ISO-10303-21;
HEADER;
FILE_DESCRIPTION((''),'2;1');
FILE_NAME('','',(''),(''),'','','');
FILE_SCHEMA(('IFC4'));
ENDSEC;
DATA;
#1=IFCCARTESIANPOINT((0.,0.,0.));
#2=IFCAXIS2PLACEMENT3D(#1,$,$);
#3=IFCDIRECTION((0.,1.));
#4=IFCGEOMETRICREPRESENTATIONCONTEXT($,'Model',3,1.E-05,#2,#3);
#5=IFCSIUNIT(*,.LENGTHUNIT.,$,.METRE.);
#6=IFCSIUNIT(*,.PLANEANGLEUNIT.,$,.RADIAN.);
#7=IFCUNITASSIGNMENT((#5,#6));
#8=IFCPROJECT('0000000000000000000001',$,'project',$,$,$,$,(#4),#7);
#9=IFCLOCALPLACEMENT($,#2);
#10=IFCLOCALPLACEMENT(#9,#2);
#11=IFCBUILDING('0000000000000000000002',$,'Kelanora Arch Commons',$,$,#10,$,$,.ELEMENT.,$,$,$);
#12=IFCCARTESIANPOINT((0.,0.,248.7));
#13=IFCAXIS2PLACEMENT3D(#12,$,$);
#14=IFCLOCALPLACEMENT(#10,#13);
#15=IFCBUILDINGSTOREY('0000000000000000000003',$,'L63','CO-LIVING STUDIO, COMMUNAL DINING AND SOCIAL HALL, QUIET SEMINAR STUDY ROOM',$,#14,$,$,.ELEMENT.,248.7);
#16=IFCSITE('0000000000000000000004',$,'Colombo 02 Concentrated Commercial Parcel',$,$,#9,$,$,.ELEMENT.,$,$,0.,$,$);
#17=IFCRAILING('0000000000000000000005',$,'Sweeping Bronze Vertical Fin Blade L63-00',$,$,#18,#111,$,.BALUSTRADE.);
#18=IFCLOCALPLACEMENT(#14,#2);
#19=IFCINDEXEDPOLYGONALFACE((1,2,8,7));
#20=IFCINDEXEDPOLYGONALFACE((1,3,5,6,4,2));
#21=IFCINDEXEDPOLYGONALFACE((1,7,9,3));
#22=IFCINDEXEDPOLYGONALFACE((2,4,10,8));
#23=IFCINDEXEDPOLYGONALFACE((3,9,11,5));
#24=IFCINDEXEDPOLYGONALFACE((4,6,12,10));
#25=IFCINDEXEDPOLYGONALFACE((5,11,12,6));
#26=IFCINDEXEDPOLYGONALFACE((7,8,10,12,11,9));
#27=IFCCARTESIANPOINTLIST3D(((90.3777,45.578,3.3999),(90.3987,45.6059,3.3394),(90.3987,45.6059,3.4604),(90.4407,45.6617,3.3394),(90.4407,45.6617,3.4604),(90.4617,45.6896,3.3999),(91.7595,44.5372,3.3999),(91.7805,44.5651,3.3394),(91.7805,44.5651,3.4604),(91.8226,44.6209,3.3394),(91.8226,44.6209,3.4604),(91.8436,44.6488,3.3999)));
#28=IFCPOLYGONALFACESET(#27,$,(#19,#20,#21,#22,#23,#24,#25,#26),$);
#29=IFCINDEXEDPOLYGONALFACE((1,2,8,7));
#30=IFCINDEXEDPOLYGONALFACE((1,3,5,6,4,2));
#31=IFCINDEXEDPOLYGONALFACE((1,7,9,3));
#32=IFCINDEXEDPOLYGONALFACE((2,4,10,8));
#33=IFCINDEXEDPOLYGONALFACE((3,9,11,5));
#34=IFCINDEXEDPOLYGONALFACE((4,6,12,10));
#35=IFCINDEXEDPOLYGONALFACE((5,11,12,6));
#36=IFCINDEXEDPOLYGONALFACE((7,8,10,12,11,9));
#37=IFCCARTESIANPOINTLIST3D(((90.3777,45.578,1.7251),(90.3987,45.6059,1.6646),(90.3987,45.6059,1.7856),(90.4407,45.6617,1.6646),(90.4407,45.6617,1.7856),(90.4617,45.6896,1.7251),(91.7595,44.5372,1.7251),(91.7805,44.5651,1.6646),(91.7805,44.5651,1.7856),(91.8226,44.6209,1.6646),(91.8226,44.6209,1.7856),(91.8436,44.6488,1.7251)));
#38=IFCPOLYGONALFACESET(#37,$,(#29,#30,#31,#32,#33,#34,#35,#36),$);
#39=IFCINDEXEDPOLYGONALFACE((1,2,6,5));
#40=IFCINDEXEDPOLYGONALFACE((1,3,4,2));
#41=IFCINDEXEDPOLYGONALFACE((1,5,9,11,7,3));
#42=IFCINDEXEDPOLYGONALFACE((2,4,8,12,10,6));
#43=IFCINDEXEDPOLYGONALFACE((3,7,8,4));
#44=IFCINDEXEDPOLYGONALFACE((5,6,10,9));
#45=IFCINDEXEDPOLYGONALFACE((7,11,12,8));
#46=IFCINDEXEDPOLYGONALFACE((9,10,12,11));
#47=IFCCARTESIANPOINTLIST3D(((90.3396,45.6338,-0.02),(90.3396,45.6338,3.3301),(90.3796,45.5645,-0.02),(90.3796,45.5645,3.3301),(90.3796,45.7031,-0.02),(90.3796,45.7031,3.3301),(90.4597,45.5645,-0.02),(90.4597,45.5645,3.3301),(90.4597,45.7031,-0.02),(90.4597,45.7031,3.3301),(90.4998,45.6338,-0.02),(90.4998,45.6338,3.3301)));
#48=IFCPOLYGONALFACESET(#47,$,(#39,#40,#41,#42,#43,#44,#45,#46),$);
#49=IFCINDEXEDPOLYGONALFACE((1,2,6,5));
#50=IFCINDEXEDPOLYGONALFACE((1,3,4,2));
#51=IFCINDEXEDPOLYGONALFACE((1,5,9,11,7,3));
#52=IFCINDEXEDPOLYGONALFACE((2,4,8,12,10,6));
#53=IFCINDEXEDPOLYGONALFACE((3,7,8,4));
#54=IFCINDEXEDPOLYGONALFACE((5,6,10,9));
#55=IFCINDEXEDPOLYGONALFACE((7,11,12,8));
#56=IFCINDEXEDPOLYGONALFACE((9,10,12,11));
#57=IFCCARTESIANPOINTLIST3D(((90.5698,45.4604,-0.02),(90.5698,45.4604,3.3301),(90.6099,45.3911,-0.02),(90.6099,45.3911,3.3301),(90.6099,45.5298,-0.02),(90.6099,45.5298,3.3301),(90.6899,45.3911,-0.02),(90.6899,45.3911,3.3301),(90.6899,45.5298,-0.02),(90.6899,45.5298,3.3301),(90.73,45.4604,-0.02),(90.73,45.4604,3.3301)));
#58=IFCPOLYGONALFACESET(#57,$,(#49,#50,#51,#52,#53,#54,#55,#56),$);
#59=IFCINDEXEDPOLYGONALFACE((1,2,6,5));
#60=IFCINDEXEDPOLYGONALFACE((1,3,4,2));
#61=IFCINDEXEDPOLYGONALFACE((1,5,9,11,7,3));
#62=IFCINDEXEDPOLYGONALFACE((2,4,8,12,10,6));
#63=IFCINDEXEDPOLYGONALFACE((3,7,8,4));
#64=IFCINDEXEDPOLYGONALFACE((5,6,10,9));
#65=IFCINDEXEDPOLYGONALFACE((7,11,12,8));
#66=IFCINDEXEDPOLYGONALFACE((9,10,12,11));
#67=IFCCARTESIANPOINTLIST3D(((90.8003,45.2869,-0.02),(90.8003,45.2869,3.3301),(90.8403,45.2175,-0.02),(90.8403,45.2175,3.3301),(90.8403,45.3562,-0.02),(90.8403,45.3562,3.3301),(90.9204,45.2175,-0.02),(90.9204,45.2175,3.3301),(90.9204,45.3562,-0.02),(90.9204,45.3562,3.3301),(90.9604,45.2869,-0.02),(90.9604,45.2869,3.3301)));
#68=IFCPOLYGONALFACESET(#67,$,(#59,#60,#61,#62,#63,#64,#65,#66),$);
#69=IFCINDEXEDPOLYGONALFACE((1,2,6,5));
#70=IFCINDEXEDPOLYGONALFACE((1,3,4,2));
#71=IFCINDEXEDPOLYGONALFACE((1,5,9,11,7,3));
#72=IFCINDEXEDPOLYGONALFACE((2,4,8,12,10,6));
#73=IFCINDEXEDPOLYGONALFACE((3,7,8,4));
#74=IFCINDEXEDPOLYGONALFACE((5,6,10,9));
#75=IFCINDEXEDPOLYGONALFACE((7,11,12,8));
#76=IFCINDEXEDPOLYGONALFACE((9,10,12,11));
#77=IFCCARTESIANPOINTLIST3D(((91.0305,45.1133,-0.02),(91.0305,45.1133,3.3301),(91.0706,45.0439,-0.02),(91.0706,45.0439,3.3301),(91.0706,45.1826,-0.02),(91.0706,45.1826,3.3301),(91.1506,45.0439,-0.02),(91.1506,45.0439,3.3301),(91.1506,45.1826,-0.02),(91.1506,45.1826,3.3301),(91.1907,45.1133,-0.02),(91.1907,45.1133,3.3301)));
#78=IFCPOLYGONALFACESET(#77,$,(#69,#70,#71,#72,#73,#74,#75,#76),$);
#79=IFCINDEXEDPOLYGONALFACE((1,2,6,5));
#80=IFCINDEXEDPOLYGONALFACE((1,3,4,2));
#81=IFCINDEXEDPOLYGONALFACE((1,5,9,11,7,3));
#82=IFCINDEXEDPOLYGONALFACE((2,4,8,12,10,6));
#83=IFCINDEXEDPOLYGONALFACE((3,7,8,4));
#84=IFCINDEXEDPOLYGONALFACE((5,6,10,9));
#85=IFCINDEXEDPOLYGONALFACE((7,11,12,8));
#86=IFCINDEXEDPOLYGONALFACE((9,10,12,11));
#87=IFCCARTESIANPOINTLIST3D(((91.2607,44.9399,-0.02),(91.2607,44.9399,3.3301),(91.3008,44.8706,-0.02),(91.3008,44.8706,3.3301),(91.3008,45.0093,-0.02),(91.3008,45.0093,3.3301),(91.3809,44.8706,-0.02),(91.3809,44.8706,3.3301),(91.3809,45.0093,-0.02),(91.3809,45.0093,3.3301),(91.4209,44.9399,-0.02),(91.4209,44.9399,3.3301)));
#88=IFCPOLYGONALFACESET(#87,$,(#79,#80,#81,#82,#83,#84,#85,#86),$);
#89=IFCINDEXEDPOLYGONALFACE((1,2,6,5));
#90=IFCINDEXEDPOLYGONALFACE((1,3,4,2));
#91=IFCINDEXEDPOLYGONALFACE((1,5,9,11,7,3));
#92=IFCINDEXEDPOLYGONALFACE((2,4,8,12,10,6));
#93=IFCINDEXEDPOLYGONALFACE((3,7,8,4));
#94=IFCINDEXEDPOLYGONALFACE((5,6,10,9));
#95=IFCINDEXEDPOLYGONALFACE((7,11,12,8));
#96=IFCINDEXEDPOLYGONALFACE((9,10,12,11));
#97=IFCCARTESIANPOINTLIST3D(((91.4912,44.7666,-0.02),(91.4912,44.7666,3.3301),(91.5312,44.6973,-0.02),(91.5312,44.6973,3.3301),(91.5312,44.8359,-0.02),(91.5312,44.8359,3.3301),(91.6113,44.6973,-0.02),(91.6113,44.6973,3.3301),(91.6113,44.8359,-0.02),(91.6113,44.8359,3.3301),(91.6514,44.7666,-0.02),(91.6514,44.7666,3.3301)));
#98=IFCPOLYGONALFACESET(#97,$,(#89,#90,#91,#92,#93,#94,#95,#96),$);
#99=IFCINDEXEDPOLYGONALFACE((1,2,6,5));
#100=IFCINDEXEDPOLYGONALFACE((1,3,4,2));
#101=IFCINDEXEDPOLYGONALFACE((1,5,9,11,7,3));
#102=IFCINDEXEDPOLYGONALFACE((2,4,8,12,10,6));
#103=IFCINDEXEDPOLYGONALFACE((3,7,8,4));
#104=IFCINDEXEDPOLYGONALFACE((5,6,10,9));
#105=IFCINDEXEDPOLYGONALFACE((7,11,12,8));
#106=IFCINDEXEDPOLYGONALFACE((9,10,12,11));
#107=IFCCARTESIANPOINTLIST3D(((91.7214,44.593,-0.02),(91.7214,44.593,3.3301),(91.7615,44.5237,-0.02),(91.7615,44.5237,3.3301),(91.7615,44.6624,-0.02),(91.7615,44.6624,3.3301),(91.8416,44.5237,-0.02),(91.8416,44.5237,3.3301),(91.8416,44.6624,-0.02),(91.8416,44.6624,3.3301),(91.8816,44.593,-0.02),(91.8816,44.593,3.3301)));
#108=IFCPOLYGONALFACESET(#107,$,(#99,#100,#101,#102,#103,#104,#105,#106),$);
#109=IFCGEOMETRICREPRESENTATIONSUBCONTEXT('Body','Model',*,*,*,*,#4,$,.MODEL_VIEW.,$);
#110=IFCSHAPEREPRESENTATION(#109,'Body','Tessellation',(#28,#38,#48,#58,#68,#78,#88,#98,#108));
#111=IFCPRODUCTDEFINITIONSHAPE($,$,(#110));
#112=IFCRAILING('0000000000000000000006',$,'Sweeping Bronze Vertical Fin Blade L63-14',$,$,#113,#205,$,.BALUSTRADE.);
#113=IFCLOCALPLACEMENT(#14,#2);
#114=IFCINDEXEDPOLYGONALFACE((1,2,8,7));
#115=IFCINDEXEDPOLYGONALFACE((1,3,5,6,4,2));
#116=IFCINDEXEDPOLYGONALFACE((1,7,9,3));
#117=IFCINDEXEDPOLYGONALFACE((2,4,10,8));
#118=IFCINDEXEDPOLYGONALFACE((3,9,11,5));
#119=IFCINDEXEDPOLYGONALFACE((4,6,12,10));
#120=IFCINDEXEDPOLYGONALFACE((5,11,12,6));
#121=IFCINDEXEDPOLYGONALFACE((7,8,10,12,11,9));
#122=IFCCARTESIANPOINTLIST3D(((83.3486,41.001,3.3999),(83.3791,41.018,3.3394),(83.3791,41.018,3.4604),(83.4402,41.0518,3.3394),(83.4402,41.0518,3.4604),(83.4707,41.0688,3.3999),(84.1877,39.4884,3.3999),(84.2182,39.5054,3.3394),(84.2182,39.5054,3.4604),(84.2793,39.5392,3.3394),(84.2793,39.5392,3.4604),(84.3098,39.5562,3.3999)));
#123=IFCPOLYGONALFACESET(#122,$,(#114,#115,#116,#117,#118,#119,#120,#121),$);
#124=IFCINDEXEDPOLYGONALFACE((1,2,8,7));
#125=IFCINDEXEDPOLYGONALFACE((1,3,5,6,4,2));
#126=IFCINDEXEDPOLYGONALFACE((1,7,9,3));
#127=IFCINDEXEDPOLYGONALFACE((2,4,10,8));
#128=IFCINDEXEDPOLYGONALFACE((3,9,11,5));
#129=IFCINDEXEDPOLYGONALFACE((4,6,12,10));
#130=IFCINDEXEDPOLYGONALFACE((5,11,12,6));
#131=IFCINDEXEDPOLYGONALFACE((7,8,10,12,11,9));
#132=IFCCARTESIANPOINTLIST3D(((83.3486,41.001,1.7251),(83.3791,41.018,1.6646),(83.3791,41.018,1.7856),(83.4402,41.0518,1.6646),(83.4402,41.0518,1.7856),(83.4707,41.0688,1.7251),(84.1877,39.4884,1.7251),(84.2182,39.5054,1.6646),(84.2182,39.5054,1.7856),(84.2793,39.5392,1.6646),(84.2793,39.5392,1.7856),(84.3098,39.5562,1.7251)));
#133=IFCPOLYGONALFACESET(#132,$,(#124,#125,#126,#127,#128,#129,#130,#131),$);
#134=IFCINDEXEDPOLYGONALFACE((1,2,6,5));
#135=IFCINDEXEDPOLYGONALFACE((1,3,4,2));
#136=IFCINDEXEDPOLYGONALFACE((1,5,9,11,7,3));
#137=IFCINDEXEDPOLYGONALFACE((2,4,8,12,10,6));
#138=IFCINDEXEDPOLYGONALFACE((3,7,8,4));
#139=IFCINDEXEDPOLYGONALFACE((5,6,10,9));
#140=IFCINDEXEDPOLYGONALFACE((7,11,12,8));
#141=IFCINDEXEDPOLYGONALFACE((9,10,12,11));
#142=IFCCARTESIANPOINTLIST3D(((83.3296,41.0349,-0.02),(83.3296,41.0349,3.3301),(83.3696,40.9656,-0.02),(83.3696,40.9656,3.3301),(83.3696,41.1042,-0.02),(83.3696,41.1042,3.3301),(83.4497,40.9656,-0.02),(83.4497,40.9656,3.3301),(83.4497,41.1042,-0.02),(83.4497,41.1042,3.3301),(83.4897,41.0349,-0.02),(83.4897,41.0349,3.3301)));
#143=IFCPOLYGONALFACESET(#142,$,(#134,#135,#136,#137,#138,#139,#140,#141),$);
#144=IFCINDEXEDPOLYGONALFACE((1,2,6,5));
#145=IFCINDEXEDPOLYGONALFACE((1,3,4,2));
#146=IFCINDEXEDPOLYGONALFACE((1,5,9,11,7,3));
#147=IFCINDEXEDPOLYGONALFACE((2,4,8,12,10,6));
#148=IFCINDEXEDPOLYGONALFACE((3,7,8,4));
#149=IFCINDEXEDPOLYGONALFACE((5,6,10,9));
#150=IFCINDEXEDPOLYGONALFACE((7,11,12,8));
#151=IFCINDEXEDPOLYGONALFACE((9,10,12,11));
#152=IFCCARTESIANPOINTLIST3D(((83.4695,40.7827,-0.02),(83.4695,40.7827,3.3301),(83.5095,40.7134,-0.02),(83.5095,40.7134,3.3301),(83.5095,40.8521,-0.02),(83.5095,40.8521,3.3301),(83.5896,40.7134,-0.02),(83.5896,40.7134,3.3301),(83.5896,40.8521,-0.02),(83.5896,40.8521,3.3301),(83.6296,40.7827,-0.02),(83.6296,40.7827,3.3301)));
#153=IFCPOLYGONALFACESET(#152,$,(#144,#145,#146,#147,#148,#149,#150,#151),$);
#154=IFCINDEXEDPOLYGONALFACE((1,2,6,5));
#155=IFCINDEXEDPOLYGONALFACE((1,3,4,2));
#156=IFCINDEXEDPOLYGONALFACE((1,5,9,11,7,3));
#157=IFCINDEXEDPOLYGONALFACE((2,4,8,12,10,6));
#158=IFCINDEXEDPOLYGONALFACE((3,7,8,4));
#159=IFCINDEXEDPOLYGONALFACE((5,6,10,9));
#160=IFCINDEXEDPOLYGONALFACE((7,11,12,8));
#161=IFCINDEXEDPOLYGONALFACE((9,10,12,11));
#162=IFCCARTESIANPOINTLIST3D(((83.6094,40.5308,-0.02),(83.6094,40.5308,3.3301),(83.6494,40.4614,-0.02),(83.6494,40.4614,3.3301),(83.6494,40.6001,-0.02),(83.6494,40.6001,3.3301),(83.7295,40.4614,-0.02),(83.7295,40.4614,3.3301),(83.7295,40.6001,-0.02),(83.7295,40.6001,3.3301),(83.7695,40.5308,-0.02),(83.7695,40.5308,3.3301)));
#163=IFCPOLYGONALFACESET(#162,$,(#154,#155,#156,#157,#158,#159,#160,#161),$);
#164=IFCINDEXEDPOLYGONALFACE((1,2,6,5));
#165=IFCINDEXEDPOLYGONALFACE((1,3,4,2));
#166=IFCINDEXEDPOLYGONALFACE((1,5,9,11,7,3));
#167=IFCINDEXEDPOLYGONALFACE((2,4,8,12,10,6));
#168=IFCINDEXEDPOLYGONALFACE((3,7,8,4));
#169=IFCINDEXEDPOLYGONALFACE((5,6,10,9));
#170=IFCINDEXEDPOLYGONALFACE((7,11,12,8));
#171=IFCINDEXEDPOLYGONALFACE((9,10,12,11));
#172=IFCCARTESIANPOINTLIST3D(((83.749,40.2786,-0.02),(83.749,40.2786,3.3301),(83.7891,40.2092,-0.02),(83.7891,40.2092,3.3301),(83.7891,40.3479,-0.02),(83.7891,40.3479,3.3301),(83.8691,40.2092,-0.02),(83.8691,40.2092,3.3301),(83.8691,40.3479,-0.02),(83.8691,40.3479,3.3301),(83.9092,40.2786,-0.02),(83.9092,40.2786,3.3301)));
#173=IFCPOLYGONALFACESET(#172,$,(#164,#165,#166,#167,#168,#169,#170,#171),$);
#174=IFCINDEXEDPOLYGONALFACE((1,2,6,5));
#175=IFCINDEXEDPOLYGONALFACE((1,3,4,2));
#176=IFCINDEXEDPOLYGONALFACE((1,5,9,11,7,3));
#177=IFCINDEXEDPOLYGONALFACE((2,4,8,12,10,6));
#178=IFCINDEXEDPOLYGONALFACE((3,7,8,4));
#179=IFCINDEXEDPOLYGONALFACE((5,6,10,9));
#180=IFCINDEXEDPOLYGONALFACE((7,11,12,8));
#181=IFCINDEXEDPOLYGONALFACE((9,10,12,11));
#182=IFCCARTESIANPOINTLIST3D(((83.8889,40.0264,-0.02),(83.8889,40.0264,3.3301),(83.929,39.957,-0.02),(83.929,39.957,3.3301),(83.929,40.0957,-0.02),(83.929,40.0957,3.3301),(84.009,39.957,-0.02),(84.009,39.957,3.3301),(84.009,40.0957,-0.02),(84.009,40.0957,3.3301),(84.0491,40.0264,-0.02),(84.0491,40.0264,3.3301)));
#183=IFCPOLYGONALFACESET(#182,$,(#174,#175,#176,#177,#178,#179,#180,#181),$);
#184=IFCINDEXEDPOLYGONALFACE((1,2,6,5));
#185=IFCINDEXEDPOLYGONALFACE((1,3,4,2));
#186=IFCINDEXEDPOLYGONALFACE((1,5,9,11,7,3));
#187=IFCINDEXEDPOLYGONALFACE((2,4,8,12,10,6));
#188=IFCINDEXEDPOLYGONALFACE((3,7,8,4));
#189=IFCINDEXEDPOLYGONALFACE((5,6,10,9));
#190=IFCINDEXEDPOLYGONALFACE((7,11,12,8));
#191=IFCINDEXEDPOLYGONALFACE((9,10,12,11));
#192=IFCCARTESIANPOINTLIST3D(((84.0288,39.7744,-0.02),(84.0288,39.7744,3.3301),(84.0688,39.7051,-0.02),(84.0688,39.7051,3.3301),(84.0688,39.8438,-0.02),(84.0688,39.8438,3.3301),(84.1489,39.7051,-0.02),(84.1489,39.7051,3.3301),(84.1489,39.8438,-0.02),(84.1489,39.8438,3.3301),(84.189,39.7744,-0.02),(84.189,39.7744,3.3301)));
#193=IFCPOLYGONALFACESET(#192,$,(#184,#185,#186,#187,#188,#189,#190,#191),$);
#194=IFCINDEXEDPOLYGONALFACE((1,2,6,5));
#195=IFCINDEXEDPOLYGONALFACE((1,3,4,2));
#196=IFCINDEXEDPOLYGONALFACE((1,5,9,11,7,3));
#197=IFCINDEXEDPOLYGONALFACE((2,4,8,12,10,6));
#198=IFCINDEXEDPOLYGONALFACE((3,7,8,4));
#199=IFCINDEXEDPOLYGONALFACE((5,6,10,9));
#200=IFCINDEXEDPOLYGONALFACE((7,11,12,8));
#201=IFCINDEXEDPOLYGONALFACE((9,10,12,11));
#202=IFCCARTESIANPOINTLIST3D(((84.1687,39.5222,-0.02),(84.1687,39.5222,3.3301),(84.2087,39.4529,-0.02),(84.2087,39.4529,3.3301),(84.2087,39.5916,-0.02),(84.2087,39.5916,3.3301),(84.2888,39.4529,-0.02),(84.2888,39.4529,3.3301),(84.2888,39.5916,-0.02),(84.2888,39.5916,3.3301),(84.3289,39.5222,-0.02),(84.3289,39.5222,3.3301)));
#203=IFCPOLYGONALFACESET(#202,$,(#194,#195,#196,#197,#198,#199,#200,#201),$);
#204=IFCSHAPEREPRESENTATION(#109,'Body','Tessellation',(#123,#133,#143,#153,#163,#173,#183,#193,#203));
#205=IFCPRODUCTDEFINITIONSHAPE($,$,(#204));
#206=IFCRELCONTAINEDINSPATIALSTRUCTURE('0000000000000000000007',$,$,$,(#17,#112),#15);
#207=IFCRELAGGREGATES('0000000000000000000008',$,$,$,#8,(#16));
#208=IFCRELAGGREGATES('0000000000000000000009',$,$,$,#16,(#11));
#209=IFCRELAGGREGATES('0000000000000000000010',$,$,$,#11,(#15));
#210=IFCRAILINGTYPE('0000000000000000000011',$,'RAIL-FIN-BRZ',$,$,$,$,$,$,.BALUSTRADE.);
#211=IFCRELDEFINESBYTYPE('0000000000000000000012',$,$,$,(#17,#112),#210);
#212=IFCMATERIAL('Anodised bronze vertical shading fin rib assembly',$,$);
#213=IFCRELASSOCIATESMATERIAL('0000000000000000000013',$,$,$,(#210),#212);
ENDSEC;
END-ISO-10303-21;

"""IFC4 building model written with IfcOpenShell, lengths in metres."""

from ifc_helpers import new_model, si_unit, direction, frame, origin, place, context, subcontext, project, spatial, polyline, outline, extrude, material, type_object, element, save


model = new_model("IFC4")

# Units and contexts
model_context = context("Model", 3, precision=1e-05, world=origin(), true_north=direction((0.0, 1.0)))
body_context = subcontext(model_context, "Body", "Model", "MODEL_VIEW")
ifc_project = project(units=[si_unit("LENGTHUNIT", "METRE"), si_unit("PLANEANGLEUNIT", "RADIAN")], contexts=[model_context])

# Site, building, storey
site_placement = place(None, origin())
site = spatial("IfcSite", under=ifc_project, at=site_placement, Name="Colombo 02 Concentrated Commercial Parcel", CompositionType="ELEMENT", RefElevation=0.0)
building_placement = place(site_placement, origin())
building = spatial("IfcBuilding", under=site, at=building_placement, Name="Kelanora Arch Commons", CompositionType="ELEMENT")
storey_placement = place(building_placement, frame((0.0, 0.0, 248.7)))
storey = spatial("IfcBuildingStorey", under=building, at=storey_placement, Name="L63", Description="CO-LIVING STUDIO, COMMUNAL DINING AND SOCIAL HALL, QUIET SEMINAR STUDY ROOM", CompositionType="ELEMENT", Elevation=248.7)

# Railings
ifc_material_1 = material(Name="Anodised bronze vertical shading fin rib assembly")
railing_type = type_object("IfcRailingType", Name="RAIL-FIN-BRZ", PredefinedType="BALUSTRADE", material=ifc_material_1)
railing_1_placement = place(storey_placement, frame((90.4197, 45.6338, -0.02)))
element("IfcRailing", 1, at=railing_1_placement, inside=storey, type_object=railing_type, Name="Sweeping Bronze Vertical Fin Blade L63-00", PredefinedType="BALUSTRADE", context=body_context, shape_type="SweptSolid", body=[
    extrude(outline(polyline([(0.0698, 0.0), (0.0349, 0.0605), (-0.0349, 0.0605), (-0.0698, 0.0), (-0.0349, -0.0605), (0.0349, -0.0605), (0.0698, 0.0)])), frame((0.0, 0.0, 3.4199), z_axis=(0.798779, -0.601625, 0.0), x_axis=(0.601625, 0.798779, 0.0)), (0.0, 0.0, 1.0), 1.73),
    extrude(outline(polyline([(0.0698, 0.0), (0.0349, 0.0605), (-0.0349, 0.0605), (-0.0698, 0.0), (-0.0349, -0.0605), (0.0349, -0.0605), (0.0698, 0.0)])), frame((0.0, 0.0, 1.7451), z_axis=(0.798779, -0.601625, 0.0), x_axis=(0.601625, 0.798779, 0.0)), (0.0, 0.0, 1.0), 1.73),
    extrude(outline(polyline([(0.0801, 0.0), (0.04, 0.0693), (-0.04, 0.0693), (-0.0801, 0.0), (-0.04, -0.0693), (0.04, -0.0693), (0.0801, 0.0)])), origin(), (0.0, 0.0, 1.0), 3.3501),
    extrude(outline(polyline([(0.0801, 0.0), (0.04, 0.0693), (-0.04, 0.0693), (-0.0801, 0.0), (-0.04, -0.0693), (0.04, -0.0693), (0.0801, 0.0)])), frame((0.2302, -0.1733, 0.0)), (0.0, 0.0, 1.0), 3.3501),
    extrude(outline(polyline([(0.0801, 0.0), (0.04, 0.0693), (-0.04, 0.0693), (-0.0801, 0.0), (-0.04, -0.0693), (0.04, -0.0693), (0.0801, 0.0)])), frame((0.4607, -0.3469, 0.0)), (0.0, 0.0, 1.0), 3.3501),
    extrude(outline(polyline([(0.0801, 0.0), (0.04, 0.0693), (-0.04, 0.0693), (-0.0801, 0.0), (-0.04, -0.0693), (0.04, -0.0693), (0.0801, 0.0)])), frame((0.6909, -0.5205, 0.0)), (0.0, 0.0, 1.0), 3.3501),
    extrude(outline(polyline([(0.0801, 0.0), (0.04, 0.0693), (-0.04, 0.0693), (-0.0801, 0.0), (-0.04, -0.0693), (0.04, -0.0693), (0.0801, 0.0)])), frame((0.9211, -0.6938, 0.0)), (0.0, 0.0, 1.0), 3.3501),
    extrude(outline(polyline([(0.0801, 0.0), (0.04, 0.0693), (-0.04, 0.0693), (-0.0801, 0.0), (-0.04, -0.0693), (0.04, -0.0693), (0.0801, 0.0)])), frame((1.1516, -0.8672, 0.0)), (0.0, 0.0, 1.0), 3.3501),
    extrude(outline(polyline([(0.0801, 0.0), (0.04, 0.0693), (-0.04, 0.0693), (-0.0801, 0.0), (-0.04, -0.0693), (0.04, -0.0693), (0.0801, 0.0)])), frame((1.3818, -1.0408, 0.0)), (0.0, 0.0, 1.0), 3.3501),
])
railing_2_placement = place(storey_placement, frame((83.4097, 41.0349, -0.02)))
element("IfcRailing", 2, at=railing_2_placement, inside=storey, type_object=railing_type, Name="Sweeping Bronze Vertical Fin Blade L63-14", PredefinedType="BALUSTRADE", context=body_context, shape_type="SweptSolid", body=[
    extrude(outline(polyline([(0.0698, 0.0), (0.0349, 0.0605), (-0.0349, 0.0605), (-0.0698, 0.0), (-0.0349, -0.0605), (0.0349, -0.0605), (0.0698, 0.0)])), frame((0.0, 0.0, 3.4199), z_axis=(0.48508, -0.87447, 0.0), x_axis=(0.87447, 0.48508, 0.0)), (0.0, 0.0, 1.0), 1.7297),
    extrude(outline(polyline([(0.0698, 0.0), (0.0349, 0.0605), (-0.0349, 0.0605), (-0.0698, 0.0), (-0.0349, -0.0605), (0.0349, -0.0605), (0.0698, 0.0)])), frame((0.0, 0.0, 1.7451), z_axis=(0.48508, -0.87447, 0.0), x_axis=(0.87447, 0.48508, 0.0)), (0.0, 0.0, 1.0), 1.7297),
    extrude(outline(polyline([(0.0801, 0.0), (0.04, 0.0693), (-0.04, 0.0693), (-0.0801, 0.0), (-0.04, -0.0693), (0.04, -0.0693), (0.0801, 0.0)])), origin(), (0.0, 0.0, 1.0), 3.3501),
    extrude(outline(polyline([(0.0801, 0.0), (0.04, 0.0693), (-0.04, 0.0693), (-0.0801, 0.0), (-0.04, -0.0693), (0.04, -0.0693), (0.0801, 0.0)])), frame((0.1399, -0.2522, 0.0)), (0.0, 0.0, 1.0), 3.3501),
    extrude(outline(polyline([(0.0801, 0.0), (0.04, 0.0693), (-0.04, 0.0693), (-0.0801, 0.0), (-0.04, -0.0693), (0.04, -0.0693), (0.0801, 0.0)])), frame((0.2798, -0.5042, 0.0)), (0.0, 0.0, 1.0), 3.3501),
    extrude(outline(polyline([(0.0801, 0.0), (0.04, 0.0693), (-0.04, 0.0693), (-0.0801, 0.0), (-0.04, -0.0693), (0.04, -0.0693), (0.0801, 0.0)])), frame((0.4194, -0.7563, 0.0)), (0.0, 0.0, 1.0), 3.3501),
    extrude(outline(polyline([(0.0801, 0.0), (0.04, 0.0693), (-0.04, 0.0693), (-0.0801, 0.0), (-0.04, -0.0693), (0.04, -0.0693), (0.0801, 0.0)])), frame((0.5593, -1.0085, 0.0)), (0.0, 0.0, 1.0), 3.3501),
    extrude(outline(polyline([(0.0801, 0.0), (0.04, 0.0693), (-0.04, 0.0693), (-0.0801, 0.0), (-0.04, -0.0693), (0.04, -0.0693), (0.0801, 0.0)])), frame((0.6992, -1.2605, 0.0)), (0.0, 0.0, 1.0), 3.3501),
    extrude(outline(polyline([(0.0801, 0.0), (0.04, 0.0693), (-0.04, 0.0693), (-0.0801, 0.0), (-0.04, -0.0693), (0.04, -0.0693), (0.0801, 0.0)])), frame((0.8391, -1.5127, 0.0)), (0.0, 0.0, 1.0), 3.3501),
])

save(model, "model.ifc")
